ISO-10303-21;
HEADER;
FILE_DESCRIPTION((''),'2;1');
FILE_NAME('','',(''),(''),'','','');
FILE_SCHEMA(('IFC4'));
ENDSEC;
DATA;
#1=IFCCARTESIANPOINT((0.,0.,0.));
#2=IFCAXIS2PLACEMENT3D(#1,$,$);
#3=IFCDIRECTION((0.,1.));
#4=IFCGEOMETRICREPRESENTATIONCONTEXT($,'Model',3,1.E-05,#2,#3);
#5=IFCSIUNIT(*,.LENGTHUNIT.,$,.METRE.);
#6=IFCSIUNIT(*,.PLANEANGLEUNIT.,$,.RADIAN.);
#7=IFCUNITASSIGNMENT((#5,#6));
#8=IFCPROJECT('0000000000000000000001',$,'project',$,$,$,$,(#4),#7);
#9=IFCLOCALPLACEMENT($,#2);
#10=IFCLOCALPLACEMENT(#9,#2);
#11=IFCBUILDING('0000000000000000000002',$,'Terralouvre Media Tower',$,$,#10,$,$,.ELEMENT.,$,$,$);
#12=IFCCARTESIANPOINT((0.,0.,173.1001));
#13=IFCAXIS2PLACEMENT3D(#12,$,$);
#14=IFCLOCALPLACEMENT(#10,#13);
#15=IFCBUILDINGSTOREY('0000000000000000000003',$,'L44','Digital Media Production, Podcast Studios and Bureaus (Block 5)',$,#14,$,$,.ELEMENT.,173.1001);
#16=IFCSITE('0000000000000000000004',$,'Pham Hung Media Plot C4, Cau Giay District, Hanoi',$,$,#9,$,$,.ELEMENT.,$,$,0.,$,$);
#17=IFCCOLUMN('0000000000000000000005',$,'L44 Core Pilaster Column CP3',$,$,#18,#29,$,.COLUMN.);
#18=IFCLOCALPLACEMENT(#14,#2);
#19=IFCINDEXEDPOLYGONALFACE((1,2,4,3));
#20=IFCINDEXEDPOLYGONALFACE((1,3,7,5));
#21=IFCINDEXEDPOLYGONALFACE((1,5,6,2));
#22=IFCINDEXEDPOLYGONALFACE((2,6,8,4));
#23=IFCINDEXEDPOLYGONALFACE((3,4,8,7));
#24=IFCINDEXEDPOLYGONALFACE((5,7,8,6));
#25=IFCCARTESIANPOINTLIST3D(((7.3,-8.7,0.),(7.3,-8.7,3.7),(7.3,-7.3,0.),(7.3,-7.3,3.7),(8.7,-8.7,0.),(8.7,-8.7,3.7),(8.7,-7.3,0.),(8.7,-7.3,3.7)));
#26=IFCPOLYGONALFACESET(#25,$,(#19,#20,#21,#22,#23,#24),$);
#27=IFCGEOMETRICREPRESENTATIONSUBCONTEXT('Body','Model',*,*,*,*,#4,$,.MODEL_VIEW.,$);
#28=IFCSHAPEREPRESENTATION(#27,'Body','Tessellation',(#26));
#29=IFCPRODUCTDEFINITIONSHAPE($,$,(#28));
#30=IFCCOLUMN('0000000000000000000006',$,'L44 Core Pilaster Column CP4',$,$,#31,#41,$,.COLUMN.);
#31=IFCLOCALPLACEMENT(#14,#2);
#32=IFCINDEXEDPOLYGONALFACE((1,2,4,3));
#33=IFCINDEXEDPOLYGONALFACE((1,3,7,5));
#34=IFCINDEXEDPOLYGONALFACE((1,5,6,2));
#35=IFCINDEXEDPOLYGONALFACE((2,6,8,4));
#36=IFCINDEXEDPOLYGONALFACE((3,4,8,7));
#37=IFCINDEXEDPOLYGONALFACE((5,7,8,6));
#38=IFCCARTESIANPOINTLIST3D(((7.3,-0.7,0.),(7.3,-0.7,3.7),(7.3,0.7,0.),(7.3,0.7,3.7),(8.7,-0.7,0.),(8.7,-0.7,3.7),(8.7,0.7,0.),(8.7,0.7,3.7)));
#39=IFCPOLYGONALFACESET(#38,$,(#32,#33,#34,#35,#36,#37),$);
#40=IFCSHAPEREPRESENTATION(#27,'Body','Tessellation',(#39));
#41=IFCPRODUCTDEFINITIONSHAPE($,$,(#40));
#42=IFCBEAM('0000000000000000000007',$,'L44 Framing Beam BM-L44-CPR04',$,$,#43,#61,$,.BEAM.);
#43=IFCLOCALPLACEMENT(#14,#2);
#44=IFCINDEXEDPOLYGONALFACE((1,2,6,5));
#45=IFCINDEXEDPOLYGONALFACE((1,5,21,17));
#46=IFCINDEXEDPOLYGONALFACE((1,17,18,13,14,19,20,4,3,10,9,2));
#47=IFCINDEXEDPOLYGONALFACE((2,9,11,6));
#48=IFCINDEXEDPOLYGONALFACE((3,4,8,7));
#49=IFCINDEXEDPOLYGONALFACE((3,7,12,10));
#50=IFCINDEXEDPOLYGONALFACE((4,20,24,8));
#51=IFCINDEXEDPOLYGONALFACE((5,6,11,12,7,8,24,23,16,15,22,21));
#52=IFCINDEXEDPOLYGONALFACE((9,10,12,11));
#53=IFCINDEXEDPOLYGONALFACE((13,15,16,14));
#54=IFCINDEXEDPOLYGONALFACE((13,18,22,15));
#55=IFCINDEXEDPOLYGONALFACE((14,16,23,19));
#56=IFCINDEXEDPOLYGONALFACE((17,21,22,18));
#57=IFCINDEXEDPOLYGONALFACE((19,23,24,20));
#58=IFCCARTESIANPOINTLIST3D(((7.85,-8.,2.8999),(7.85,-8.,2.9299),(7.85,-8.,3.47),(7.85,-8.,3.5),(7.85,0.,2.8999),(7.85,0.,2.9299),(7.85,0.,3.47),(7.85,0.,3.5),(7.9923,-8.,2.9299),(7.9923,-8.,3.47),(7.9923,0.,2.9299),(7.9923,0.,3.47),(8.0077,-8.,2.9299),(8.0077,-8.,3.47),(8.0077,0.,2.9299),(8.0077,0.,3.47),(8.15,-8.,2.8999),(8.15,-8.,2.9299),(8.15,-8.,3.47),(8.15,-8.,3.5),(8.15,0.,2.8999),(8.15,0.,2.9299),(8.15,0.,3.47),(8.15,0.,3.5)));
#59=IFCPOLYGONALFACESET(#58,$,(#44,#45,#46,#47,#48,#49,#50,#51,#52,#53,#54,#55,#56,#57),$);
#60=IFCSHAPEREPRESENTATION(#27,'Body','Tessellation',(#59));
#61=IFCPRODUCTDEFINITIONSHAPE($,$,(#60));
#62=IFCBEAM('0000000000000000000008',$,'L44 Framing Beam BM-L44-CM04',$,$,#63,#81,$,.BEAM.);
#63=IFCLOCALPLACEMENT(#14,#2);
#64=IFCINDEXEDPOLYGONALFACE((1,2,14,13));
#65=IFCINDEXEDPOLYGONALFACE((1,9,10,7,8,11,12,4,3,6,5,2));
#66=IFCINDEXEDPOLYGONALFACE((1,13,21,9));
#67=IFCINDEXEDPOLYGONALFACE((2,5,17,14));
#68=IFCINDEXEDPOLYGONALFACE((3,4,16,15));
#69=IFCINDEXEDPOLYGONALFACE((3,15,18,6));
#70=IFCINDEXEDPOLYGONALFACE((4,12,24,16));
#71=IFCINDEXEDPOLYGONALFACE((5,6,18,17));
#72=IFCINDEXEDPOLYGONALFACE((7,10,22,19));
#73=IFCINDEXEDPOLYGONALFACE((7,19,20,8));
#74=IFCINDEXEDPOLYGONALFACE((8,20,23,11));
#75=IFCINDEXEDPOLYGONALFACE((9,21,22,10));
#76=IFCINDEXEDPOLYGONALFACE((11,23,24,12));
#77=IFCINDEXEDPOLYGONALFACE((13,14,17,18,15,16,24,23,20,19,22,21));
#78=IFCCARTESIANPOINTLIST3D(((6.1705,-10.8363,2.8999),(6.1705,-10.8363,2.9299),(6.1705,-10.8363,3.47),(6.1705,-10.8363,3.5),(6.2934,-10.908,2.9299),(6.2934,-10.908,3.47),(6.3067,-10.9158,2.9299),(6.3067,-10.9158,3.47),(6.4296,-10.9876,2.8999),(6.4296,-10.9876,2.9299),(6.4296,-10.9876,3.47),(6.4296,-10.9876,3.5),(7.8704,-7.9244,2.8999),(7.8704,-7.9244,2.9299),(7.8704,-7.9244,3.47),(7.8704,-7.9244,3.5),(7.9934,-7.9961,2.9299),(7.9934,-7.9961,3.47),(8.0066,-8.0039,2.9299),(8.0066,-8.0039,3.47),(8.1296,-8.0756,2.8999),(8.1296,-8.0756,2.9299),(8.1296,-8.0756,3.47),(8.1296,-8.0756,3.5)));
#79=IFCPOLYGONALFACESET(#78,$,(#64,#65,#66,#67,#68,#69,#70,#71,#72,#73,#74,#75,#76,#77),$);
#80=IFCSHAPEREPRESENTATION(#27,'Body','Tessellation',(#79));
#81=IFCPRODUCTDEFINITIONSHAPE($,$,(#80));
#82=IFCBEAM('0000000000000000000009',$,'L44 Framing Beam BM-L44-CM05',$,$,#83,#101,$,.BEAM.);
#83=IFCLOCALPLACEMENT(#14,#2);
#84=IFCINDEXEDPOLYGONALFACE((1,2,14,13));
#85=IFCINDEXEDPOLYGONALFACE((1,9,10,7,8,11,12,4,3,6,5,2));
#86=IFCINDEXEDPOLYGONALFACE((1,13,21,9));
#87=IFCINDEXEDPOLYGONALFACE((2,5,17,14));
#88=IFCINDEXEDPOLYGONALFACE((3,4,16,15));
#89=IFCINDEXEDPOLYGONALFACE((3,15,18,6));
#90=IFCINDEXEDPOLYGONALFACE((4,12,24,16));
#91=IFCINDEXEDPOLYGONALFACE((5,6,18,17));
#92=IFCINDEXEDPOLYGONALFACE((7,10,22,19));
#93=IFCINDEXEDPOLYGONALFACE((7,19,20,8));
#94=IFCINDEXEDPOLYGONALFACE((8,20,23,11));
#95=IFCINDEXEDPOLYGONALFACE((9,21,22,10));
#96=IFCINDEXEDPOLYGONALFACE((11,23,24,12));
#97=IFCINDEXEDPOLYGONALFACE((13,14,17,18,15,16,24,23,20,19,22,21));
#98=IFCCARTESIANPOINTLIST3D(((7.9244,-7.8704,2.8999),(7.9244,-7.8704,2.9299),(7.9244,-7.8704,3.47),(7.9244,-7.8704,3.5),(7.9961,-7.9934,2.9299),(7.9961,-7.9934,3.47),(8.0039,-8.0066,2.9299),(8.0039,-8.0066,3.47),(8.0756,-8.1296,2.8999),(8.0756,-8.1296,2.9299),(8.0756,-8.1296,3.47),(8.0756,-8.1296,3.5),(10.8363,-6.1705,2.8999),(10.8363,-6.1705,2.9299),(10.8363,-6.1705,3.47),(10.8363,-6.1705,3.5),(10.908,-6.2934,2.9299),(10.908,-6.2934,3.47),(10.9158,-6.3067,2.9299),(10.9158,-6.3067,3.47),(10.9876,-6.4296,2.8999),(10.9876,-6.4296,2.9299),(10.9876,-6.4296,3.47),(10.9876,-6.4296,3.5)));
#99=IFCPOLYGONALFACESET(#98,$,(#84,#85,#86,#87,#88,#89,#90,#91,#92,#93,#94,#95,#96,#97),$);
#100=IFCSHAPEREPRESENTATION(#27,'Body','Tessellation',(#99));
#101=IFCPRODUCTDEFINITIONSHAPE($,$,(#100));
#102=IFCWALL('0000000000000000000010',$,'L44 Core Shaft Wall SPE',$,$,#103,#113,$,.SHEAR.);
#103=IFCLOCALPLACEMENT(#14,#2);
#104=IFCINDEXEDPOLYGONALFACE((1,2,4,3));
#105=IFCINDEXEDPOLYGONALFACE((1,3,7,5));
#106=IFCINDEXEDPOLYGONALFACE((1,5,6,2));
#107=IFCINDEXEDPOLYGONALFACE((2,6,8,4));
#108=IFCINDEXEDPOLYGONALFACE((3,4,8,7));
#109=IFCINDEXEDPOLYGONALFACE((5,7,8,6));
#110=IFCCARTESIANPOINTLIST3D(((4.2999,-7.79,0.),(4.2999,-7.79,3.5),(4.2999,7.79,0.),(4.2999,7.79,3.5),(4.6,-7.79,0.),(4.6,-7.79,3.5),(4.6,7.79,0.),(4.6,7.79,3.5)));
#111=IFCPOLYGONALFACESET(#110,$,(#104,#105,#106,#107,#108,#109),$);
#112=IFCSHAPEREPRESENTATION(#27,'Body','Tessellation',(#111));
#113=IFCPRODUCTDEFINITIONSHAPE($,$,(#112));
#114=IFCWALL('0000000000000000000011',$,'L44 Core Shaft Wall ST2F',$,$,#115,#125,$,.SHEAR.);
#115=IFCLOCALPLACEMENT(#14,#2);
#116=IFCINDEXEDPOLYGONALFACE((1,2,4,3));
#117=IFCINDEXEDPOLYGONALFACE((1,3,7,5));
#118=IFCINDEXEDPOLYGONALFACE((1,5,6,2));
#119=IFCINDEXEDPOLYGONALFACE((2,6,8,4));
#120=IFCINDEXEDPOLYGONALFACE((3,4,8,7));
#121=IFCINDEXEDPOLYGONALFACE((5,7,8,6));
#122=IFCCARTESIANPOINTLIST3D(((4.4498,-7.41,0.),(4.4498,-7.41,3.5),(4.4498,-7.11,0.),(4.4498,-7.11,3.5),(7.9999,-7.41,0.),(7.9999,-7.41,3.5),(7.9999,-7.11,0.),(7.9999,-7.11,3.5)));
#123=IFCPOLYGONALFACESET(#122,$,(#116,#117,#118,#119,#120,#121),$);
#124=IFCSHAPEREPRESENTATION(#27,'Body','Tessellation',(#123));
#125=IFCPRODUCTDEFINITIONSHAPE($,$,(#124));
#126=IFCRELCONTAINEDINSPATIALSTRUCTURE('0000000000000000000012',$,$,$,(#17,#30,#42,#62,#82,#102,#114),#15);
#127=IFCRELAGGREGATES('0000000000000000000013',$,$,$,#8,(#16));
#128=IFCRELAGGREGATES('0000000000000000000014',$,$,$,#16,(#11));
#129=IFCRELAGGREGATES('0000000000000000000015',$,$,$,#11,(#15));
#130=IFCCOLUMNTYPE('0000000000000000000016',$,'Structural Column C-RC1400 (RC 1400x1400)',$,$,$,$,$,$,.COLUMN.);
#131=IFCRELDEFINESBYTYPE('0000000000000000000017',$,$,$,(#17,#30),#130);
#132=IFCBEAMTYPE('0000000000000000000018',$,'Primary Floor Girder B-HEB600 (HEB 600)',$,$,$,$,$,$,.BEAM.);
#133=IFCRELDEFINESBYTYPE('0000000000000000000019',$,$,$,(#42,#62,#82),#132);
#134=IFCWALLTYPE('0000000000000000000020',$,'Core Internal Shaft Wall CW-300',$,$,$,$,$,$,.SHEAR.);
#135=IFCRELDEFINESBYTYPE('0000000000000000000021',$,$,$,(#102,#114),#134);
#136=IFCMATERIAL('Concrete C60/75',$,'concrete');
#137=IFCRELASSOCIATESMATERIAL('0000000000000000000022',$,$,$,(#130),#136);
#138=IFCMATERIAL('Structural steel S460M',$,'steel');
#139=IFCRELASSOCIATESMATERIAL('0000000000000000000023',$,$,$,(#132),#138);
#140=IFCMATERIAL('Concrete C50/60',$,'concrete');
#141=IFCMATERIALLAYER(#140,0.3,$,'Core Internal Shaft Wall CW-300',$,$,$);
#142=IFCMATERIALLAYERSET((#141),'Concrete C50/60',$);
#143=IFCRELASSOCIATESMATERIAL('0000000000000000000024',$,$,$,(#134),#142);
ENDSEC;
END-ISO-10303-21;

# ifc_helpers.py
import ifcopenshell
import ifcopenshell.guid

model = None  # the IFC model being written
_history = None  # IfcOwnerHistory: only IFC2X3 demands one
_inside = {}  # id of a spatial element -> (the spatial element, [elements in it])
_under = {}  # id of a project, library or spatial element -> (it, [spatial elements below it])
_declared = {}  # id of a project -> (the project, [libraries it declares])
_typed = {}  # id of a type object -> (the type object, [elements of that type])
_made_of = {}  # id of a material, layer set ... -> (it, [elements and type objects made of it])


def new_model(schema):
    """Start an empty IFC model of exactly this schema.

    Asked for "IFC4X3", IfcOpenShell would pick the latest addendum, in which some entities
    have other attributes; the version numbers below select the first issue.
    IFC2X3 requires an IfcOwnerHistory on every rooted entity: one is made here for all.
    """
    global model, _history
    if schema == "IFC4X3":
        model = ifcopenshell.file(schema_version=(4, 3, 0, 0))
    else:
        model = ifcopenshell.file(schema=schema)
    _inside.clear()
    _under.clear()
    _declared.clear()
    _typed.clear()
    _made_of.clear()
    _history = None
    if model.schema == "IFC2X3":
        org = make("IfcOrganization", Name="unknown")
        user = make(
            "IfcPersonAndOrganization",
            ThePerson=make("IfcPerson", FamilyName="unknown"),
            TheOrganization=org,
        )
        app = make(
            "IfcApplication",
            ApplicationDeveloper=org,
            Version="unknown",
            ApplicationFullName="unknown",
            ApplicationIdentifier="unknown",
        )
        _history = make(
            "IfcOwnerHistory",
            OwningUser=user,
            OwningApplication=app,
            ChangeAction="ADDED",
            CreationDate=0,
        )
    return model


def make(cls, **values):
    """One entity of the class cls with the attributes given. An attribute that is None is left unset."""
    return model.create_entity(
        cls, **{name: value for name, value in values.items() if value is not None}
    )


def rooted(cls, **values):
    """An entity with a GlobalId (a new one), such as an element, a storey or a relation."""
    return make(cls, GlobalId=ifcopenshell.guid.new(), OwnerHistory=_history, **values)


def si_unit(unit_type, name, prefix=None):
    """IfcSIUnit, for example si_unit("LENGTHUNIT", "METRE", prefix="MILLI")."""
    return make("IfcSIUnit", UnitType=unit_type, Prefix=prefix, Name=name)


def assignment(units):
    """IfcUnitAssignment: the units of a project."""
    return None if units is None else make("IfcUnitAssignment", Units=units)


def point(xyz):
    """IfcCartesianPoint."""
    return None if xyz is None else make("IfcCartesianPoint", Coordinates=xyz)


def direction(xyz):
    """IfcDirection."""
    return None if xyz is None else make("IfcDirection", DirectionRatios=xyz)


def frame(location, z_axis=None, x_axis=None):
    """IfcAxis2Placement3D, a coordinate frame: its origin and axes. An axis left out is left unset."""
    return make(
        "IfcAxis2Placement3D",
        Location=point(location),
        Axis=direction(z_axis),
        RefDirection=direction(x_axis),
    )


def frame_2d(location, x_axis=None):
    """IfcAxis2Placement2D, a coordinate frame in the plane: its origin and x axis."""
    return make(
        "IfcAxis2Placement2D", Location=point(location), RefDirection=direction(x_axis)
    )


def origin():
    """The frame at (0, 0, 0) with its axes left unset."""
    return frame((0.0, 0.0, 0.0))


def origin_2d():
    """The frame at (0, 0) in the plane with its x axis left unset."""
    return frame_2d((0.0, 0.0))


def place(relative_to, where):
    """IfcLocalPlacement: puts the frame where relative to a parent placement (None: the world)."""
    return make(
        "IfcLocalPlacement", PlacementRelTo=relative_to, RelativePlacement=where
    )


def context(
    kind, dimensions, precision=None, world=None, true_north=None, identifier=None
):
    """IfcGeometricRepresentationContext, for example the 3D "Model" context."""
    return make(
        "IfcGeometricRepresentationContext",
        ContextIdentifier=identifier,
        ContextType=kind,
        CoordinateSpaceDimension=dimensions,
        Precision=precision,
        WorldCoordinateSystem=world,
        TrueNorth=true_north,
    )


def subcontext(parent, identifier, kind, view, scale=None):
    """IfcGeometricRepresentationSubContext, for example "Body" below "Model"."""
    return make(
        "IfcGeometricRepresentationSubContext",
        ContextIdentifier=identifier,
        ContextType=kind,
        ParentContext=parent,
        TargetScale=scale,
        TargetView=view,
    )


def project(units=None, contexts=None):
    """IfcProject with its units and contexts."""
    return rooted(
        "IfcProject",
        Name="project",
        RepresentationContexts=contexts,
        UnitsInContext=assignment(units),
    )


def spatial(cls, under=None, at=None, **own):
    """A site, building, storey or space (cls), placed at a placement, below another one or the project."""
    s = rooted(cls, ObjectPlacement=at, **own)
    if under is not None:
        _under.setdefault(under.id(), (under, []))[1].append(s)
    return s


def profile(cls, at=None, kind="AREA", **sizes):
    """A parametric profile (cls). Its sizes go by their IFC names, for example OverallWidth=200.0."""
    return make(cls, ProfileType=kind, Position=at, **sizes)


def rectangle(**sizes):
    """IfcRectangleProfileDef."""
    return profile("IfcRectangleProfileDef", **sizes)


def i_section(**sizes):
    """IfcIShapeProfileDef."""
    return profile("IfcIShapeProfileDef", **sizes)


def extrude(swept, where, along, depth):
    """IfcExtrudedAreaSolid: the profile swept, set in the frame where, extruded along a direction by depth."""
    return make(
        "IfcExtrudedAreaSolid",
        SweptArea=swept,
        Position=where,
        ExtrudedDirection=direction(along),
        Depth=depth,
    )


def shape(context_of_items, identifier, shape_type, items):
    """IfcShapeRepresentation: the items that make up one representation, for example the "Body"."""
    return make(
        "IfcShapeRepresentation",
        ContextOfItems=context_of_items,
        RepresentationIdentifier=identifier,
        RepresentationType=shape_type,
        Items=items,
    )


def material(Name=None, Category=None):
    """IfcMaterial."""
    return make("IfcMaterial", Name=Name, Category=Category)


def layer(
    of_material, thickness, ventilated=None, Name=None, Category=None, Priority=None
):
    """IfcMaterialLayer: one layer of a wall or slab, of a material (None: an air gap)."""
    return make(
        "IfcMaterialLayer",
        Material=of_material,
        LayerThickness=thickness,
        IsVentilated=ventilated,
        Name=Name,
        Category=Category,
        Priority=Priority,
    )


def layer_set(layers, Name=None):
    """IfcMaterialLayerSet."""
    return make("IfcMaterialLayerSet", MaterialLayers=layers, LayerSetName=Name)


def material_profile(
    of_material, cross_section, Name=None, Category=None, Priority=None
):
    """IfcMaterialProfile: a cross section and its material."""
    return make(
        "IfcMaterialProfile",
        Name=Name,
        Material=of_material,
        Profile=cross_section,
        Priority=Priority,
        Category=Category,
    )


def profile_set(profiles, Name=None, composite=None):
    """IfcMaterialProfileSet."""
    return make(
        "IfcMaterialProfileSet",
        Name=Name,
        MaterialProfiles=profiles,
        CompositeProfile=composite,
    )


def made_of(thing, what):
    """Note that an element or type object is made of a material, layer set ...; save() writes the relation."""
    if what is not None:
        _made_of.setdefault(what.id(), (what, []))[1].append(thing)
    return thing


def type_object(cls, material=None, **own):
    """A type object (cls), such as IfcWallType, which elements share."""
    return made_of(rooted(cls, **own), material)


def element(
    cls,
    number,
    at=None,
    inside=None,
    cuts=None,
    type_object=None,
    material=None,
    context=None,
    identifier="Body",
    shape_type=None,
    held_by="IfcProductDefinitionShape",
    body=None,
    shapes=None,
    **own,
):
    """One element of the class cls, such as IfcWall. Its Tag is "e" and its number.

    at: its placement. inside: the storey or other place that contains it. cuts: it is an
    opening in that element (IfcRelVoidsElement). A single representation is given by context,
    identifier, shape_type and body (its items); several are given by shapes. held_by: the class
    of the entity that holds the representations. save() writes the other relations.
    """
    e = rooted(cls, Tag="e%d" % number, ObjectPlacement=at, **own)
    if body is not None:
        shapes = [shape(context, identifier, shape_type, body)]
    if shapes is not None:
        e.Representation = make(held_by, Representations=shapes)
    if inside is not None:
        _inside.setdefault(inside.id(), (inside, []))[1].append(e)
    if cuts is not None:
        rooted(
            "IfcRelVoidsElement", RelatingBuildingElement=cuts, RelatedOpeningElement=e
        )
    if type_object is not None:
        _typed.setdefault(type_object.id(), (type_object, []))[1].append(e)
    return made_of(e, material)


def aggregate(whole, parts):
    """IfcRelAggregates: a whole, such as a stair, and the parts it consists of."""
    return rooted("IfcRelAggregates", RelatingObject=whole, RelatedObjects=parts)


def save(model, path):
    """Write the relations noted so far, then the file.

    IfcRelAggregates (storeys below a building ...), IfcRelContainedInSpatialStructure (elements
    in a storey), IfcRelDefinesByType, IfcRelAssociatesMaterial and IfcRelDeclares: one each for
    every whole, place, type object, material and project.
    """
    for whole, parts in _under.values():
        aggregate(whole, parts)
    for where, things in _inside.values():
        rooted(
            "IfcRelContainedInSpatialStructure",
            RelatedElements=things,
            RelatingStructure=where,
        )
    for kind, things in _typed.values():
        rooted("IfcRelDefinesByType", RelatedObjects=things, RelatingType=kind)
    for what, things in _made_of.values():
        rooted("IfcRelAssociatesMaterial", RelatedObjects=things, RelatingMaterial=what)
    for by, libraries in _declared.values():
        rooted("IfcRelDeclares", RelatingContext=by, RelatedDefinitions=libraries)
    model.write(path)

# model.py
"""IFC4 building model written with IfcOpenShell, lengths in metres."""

from ifc_helpers import new_model, si_unit, direction, frame, frame_2d, origin, origin_2d, place, context, subcontext, project, spatial, rectangle, i_section, extrude, material, layer, layer_set, material_profile, profile_set, type_object, element, save


model = new_model("IFC4")

# Units and contexts
model_context = context("Model", 3, precision=1e-05, world=origin(), true_north=direction((0.0, 1.0)))
body_context = subcontext(model_context, "Body", "Model", "MODEL_VIEW")
ifc_project = project(units=[si_unit("LENGTHUNIT", "METRE"), si_unit("PLANEANGLEUNIT", "RADIAN")], contexts=[model_context])

# Site, building, storey
site_placement = place(None, origin())
site = spatial("IfcSite", under=ifc_project, at=site_placement, Name="Pham Hung Media Plot C4, Cau Giay District, Hanoi", CompositionType="ELEMENT", RefElevation=0.0)
building_placement = place(site_placement, origin())
building = spatial("IfcBuilding", under=site, at=building_placement, Name="Terralouvre Media Tower", CompositionType="ELEMENT")
storey_placement = place(building_placement, frame((0.0, 0.0, 173.1001)))
storey = spatial("IfcBuildingStorey", under=building, at=storey_placement, Name="L44", Description="Digital Media Production, Podcast Studios and Bureaus (Block 5)", CompositionType="ELEMENT", Elevation=173.1001)

# Columns
ifc_material_1 = material(Name="Concrete C60/75", Category="concrete")
ifc_material_profile_1 = material_profile(ifc_material_1, rectangle(XDim=1.3999, YDim=1.3999, at=origin_2d()), Name="RC 1400x1400")
ifc_profile_set_1 = profile_set([ifc_material_profile_1], Name="Concrete C60/75")
column_type = type_object("IfcColumnType", Name="Structural Column C-RC1400 (RC 1400x1400)", PredefinedType="COLUMN", material=ifc_profile_set_1)
for number, where, z_axis, x_axis, name in (
    (1, (8.0, -8.0, 0.0), (0.0, 0.0, 1.0), (1.0, 0.0, 0.0), "L44 Core Pilaster Column CP3"),
    (2, (8.0, 0.0, 0.0), (0.0, 0.0, 1.0), (1.0, 0.0, 0.0), "L44 Core Pilaster Column CP4"),
):
    element("IfcColumn", number, at=place(storey_placement, frame(where, z_axis=z_axis, x_axis=x_axis)), inside=storey, type_object=column_type, Name=name, PredefinedType="COLUMN", context=body_context, shape_type="SweptSolid", body=[
        extrude(rectangle(XDim=1.3999, YDim=1.3999, at=origin_2d()), origin(), (0.0, 0.0, 1.0), 3.7),
    ])

# Beams
ifc_material_2 = material(Name="Structural steel S460M", Category="steel")
ifc_material_profile_2 = material_profile(ifc_material_2, i_section(OverallWidth=0.3, OverallDepth=0.6001, WebThickness=0.0154, FlangeThickness=0.03, at=origin_2d()), Name="HEB 600")
ifc_profile_set_2 = profile_set([ifc_material_profile_2], Name="Structural steel S460M")
beam_type = type_object("IfcBeamType", Name="Primary Floor Girder B-HEB600 (HEB 600)", PredefinedType="BEAM", material=ifc_profile_set_2)
beam_placement = place(storey_placement, frame((8.0, -8.0, 3.2), z_axis=(0.0, 1.0, 0.0), x_axis=(-1.0, 0.0, 0.0)))
element("IfcBeam", 3, at=beam_placement, inside=storey, type_object=beam_type, Name="L44 Framing Beam BM-L44-CPR04", PredefinedType="BEAM", context=body_context, shape_type="SweptSolid", body=[
    extrude(i_section(OverallWidth=0.3, OverallDepth=0.6001, WebThickness=0.0154, FlangeThickness=0.03, at=origin_2d()), origin(), (0.0, 0.0, 1.0), 8.0),
])
for number, where, z_axis, x_axis, name in (
    (4, (8.0, -8.0, 3.2), (-0.504173, -0.863603, 0.0), (0.863603, -0.504173, 0.0), "L44 Framing Beam BM-L44-CM04"),
    (5, (8.0, -8.0, 3.2), (0.863603, 0.504173, 0.0), (-0.504173, 0.863603, 0.0), "L44 Framing Beam BM-L44-CM05"),
):
    element("IfcBeam", number, at=place(storey_placement, frame(where, z_axis=z_axis, x_axis=x_axis)), inside=storey, type_object=beam_type, Name=name, PredefinedType="BEAM", context=body_context, shape_type="SweptSolid", body=[
        extrude(i_section(OverallWidth=0.3, OverallDepth=0.6001, WebThickness=0.0154, FlangeThickness=0.03, at=origin_2d()), origin(), (0.0, 0.0, 1.0), 3.3718),
    ])

# Wall
ifc_material_3 = material(Name="Concrete C50/60", Category="concrete")
ifc_layer_1 = layer(ifc_material_3, 0.3, Name="Core Internal Shaft Wall CW-300")
ifc_layer_set_1 = layer_set([ifc_layer_1], Name="Concrete C50/60")
wall_type_1 = type_object("IfcWallType", Name="Core Internal Shaft Wall CW-300", PredefinedType="SHEAR", material=ifc_layer_set_1)
wall_1_placement = place(storey_placement, frame((4.45, -7.79, 0.0), z_axis=(0.0, 0.0, 1.0), x_axis=(0.0, 1.0, 0.0)))
element("IfcWall", 6, at=wall_1_placement, inside=storey, type_object=wall_type_1, Name="L44 Core Shaft Wall SPE", PredefinedType="SHEAR", context=body_context, shape_type="SweptSolid", body=[
    extrude(rectangle(XDim=15.5801, YDim=0.3, at=frame_2d((7.79, 0.0))), origin(), (0.0, 0.0, 1.0), 3.5),
])

# Wall
wall_2_placement = place(storey_placement, frame((4.45, -7.26, 0.0), z_axis=(0.0, 0.0, 1.0), x_axis=(1.0, 0.0, 0.0)))
element("IfcWall", 7, at=wall_2_placement, inside=storey, type_object=wall_type_1, Name="L44 Core Shaft Wall ST2F", PredefinedType="SHEAR", context=body_context, shape_type="SweptSolid", body=[
    extrude(rectangle(XDim=3.55, YDim=0.3, at=frame_2d((1.7749, 0.0))), origin(), (0.0, 0.0, 1.0), 3.5),
])

save(model, "model.ifc")
